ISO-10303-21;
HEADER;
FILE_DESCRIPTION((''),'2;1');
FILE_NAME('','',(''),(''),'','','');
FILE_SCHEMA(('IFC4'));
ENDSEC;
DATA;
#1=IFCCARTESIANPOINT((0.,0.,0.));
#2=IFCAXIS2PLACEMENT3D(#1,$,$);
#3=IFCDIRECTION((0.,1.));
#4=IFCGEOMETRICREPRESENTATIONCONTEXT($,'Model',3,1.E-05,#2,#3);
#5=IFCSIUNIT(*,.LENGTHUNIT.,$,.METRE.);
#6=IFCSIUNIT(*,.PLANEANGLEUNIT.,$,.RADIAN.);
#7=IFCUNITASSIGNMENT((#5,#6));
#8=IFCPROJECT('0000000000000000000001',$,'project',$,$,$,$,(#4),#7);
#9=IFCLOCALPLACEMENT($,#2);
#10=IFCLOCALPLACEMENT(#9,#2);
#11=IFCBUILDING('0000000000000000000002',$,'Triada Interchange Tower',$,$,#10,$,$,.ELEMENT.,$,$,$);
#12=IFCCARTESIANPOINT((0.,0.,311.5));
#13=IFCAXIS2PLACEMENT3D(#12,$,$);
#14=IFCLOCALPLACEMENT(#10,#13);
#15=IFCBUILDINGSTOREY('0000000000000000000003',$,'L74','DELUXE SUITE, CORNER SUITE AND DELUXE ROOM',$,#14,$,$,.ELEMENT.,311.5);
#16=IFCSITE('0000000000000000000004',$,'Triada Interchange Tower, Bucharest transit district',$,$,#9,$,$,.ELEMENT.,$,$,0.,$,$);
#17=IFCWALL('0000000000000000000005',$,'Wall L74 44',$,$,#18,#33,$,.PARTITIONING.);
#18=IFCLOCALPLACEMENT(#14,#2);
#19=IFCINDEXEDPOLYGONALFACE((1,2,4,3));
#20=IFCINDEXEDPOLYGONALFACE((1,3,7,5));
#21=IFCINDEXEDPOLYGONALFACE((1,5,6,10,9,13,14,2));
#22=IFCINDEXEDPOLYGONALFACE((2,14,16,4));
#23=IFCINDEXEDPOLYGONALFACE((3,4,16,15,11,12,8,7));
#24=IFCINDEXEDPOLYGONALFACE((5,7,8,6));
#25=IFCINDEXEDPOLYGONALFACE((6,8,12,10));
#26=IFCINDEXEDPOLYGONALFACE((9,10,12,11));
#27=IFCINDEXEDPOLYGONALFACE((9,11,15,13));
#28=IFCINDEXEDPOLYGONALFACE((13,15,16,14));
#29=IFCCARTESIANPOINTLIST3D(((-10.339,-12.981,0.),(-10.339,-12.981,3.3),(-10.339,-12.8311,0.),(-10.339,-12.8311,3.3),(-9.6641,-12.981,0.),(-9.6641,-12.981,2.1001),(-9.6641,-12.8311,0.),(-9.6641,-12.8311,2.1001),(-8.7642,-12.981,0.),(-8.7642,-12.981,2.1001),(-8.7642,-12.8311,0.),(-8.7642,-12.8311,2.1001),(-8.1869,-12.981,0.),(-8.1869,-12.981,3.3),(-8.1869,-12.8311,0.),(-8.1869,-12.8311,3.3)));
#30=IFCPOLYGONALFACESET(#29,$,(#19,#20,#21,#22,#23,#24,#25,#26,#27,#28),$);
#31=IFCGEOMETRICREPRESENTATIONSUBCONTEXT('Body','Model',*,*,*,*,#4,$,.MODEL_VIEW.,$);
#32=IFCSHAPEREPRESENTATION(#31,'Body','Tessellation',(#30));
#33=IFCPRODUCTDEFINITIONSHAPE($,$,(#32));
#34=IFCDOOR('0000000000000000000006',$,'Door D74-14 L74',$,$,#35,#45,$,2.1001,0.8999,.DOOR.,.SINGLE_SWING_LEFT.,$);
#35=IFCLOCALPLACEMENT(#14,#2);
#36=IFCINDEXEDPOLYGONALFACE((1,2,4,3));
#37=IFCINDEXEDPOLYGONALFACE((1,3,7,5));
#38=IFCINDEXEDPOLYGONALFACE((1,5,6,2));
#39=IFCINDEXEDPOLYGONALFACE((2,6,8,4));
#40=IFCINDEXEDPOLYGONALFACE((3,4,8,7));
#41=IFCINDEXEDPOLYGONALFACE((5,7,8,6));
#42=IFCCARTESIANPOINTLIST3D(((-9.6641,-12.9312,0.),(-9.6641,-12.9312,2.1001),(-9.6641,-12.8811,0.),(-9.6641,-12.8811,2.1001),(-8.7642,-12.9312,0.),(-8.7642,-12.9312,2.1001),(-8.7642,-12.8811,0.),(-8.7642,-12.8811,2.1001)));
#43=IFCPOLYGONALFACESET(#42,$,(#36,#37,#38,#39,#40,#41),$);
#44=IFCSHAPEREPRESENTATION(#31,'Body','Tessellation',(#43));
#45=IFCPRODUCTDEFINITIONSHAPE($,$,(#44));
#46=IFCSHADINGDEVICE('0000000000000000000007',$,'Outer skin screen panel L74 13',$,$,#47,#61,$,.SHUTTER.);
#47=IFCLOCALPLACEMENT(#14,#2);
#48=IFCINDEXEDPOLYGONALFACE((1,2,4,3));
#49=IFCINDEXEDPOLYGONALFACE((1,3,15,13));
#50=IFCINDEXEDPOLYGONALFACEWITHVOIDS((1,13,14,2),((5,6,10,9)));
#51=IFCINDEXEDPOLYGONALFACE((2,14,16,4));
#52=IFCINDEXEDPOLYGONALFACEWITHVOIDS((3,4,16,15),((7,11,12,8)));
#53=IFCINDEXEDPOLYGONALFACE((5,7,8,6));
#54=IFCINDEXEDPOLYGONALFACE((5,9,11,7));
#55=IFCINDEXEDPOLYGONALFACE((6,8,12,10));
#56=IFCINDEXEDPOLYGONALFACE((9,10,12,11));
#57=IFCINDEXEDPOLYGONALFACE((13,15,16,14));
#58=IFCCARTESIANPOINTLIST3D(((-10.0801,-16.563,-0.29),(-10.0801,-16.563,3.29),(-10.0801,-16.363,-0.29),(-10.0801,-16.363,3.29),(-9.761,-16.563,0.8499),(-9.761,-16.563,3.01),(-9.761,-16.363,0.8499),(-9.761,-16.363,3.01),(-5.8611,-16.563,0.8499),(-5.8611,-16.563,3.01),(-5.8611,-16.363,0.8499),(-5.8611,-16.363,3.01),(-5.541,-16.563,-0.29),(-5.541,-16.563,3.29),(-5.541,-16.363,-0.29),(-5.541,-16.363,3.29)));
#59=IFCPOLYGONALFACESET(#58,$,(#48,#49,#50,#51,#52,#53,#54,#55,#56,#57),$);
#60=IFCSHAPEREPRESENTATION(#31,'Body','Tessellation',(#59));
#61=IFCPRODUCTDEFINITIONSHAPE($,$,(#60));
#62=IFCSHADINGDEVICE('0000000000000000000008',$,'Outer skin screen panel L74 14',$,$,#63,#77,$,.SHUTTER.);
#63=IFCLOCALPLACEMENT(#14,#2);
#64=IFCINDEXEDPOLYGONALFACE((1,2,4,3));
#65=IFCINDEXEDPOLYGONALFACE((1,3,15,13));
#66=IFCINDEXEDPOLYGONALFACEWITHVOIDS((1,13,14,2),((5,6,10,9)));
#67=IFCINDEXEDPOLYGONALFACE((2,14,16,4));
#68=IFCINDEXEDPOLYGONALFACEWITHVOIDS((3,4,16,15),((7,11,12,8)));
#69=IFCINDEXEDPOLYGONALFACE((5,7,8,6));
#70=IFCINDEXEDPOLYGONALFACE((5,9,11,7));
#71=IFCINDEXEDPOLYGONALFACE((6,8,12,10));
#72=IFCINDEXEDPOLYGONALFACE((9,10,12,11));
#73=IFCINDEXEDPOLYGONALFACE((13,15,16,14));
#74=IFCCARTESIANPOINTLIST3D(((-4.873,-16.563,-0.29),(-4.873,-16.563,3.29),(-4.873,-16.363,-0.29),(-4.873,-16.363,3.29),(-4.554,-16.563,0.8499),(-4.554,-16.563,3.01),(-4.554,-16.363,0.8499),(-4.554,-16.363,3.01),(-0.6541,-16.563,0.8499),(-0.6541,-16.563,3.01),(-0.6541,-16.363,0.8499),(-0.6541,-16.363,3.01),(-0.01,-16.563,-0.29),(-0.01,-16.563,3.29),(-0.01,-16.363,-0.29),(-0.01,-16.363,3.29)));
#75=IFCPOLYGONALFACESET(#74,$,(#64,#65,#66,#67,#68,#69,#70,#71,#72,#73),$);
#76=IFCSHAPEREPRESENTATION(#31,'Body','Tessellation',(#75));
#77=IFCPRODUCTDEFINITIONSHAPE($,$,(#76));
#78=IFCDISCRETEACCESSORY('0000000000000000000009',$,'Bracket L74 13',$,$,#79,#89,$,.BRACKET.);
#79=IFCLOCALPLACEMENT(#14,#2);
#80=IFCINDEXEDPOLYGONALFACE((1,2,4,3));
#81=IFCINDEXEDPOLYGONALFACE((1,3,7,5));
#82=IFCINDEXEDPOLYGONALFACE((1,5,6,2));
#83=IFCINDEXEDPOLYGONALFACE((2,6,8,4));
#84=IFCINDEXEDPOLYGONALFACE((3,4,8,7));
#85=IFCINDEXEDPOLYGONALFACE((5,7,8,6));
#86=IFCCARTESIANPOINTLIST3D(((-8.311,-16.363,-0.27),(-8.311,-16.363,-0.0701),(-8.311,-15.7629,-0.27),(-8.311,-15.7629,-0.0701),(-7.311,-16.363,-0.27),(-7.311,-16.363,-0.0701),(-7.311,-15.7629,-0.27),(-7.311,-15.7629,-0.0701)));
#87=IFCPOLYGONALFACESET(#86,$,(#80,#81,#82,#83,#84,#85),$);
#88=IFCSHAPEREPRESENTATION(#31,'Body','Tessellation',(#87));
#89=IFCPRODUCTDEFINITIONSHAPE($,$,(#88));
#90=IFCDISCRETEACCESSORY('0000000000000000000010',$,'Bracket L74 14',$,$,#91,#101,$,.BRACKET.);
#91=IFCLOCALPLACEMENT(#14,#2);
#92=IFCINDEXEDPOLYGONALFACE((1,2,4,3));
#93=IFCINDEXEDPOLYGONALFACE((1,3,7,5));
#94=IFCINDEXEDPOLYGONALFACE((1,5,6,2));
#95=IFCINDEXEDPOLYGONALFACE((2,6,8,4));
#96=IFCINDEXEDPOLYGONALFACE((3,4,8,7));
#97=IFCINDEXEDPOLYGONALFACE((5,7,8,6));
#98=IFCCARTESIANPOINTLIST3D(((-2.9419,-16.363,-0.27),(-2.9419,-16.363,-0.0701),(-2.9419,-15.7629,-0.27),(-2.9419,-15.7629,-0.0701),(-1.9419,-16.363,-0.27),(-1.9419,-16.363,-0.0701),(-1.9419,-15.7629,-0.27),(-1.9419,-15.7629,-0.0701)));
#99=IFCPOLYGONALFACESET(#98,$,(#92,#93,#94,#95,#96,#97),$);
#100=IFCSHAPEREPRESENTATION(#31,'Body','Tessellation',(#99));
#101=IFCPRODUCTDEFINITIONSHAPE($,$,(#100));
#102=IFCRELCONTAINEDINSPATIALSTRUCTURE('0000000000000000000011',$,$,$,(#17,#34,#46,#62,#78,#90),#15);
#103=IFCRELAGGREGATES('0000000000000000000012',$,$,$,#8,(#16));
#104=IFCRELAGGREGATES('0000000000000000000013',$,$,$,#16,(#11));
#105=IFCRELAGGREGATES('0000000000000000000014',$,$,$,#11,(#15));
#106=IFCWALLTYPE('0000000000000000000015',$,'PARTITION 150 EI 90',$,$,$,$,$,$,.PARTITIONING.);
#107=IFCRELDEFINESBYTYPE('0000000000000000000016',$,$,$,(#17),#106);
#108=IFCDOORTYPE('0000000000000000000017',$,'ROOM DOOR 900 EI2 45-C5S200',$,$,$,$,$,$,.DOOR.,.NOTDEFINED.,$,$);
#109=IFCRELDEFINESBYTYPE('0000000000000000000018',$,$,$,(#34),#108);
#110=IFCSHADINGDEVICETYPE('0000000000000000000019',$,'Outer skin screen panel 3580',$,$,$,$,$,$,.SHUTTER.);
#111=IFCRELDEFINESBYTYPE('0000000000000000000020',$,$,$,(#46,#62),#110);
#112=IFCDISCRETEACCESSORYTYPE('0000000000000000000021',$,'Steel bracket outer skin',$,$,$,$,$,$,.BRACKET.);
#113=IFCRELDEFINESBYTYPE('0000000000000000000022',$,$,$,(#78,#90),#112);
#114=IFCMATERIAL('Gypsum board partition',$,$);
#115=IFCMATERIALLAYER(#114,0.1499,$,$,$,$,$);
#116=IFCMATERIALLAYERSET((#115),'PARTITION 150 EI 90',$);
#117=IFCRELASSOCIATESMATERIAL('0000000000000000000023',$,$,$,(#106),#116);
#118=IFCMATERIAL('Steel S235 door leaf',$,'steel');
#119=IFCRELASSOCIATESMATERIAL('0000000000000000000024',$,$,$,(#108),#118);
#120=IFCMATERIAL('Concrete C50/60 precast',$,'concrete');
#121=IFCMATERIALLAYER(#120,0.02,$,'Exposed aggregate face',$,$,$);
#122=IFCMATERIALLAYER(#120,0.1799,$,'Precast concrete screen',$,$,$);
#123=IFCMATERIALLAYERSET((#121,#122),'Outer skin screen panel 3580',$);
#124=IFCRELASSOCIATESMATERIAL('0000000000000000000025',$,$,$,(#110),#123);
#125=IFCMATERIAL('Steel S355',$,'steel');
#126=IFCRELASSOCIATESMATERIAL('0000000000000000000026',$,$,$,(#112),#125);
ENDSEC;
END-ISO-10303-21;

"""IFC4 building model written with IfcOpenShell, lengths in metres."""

from ifc_helpers import new_model, si_unit, direction, frame, frame_2d, origin, origin_2d, place, context, subcontext, project, spatial, polyline, rectangle, outline, extrude, material, layer, layer_set, type_object, element, fill, save


model = new_model("IFC4")

# Units and contexts
model_context = context("Model", 3, precision=1e-05, world=origin(), true_north=direction((0.0, 1.0)))
body_context = subcontext(model_context, "Body", "Model", "MODEL_VIEW")
ifc_project = project(units=[si_unit("LENGTHUNIT", "METRE"), si_unit("PLANEANGLEUNIT", "RADIAN")], contexts=[model_context])

# Site, building, storey
site_placement = place(None, origin())
site = spatial("IfcSite", under=ifc_project, at=site_placement, Name="Triada Interchange Tower, Bucharest transit district", CompositionType="ELEMENT", RefElevation=0.0)
building_placement = place(site_placement, origin())
building = spatial("IfcBuilding", under=site, at=building_placement, Name="Triada Interchange Tower", CompositionType="ELEMENT")
storey_placement = place(building_placement, frame((0.0, 0.0, 311.5)))
storey = spatial("IfcBuildingStorey", under=building, at=storey_placement, Name="L74", Description="DELUXE SUITE, CORNER SUITE AND DELUXE ROOM", CompositionType="ELEMENT", Elevation=311.5)

# Shared definitions
ifc_material_1 = material(Name="Gypsum board partition")

# Wall, opening, door
ifc_layer_1 = layer(ifc_material_1, 0.1499)
ifc_layer_set_1 = layer_set([ifc_layer_1], Name="PARTITION 150 EI 90")
wall_type_1 = type_object("IfcWallType", Name="PARTITION 150 EI 90", PredefinedType="PARTITIONING", material=ifc_layer_set_1)
wall_1_placement = place(storey_placement, frame((-10.3391, -12.906, 0.0), z_axis=(0.0, 0.0, 1.0), x_axis=(1.0, 0.0, 0.0)))
wall_1 = element("IfcWall", 1, at=wall_1_placement, inside=storey, type_object=wall_type_1, Name="Wall L74 44", PredefinedType="PARTITIONING", context=body_context, shape_type="SweptSolid", body=[
    extrude(rectangle(XDim=2.1521, YDim=0.1499, at=frame_2d((1.0762, 0.0))), origin(), (0.0, 0.0, 1.0), 3.3),
])
opening_placement = place(wall_1_placement, frame((0.675, 0.0, 0.0)))
opening = element("IfcOpeningElement", 2, at=opening_placement, cuts=wall_1, PredefinedType="OPENING", context=body_context, shape_type="SweptSolid", body=[
    extrude(rectangle(XDim=0.8999, YDim=2.1001, at=frame_2d((0.45, 1.05))), frame((0.0, 0.085, 0.0), z_axis=(0.0, -1.0, 0.0), x_axis=(1.0, 0.0, 0.0)), (0.0, 0.0, 1.0), 0.1699),
])
ifc_material_2 = material(Name="Steel S235 door leaf", Category="steel")
door_type = type_object("IfcDoorType", Name="ROOM DOOR 900 EI2 45-C5S200", OperationType="NOTDEFINED", PredefinedType="DOOR", material=ifc_material_2)
door_placement = place(opening_placement, origin())
door = element("IfcDoor", 3, at=door_placement, inside=storey, type_object=door_type, Name="Door D74-14 L74", OperationType="SINGLE_SWING_LEFT", OverallHeight=2.1001, OverallWidth=0.8999, PredefinedType="DOOR", context=body_context, shape_type="SweptSolid", body=[
    extrude(rectangle(XDim=0.8999, YDim=2.1001, at=frame_2d((0.45, 1.05))), frame((0.0, 0.0249, 0.0), z_axis=(0.0, -1.0, 0.0), x_axis=(1.0, 0.0, 0.0)), (0.0, 0.0, 1.0), 0.05),
])
fill(opening, door)

# Shading devices
ifc_material_3 = material(Name="Concrete C50/60 precast", Category="concrete")
ifc_layer_2 = layer(ifc_material_3, 0.02, Name="Exposed aggregate face")
ifc_layer_3 = layer(ifc_material_3, 0.1799, Name="Precast concrete screen")
ifc_layer_set_2 = layer_set([ifc_layer_2, ifc_layer_3], Name="Outer skin screen panel 3580")
shading_device_type = type_object("IfcShadingDeviceType", Name="Outer skin screen panel 3580", PredefinedType="SHUTTER", material=ifc_layer_set_2)
shading_device_1_placement = place(storey_placement, frame((-10.0801, -16.363, -0.29), z_axis=(0.0, 0.0, 1.0), x_axis=(1.0, 0.0, 0.0)))
element("IfcShadingDevice", 4, at=shading_device_1_placement, inside=storey, type_object=shading_device_type, Name="Outer skin screen panel L74 13", PredefinedType="SHUTTER", context=body_context, shape_type="SweptSolid", body=[
    extrude(outline(polyline([(0.0, 0.0), (4.5391, 0.0), (4.5391, 3.5801), (0.0, 3.5801), (0.0, 0.0)]), holes=[polyline([(0.3191, 1.1399), (0.3191, 3.3), (4.219, 3.3), (4.219, 1.1399), (0.3191, 1.1399)])]), frame((0.0, 0.0, 0.0), z_axis=(0.0, -1.0, 0.0), x_axis=(1.0, 0.0, 0.0)), (0.0, 0.0, 1.0), 0.2),
])
shading_device_2_placement = place(storey_placement, frame((-4.873, -16.363, -0.29), z_axis=(0.0, 0.0, 1.0), x_axis=(1.0, 0.0, 0.0)))
element("IfcShadingDevice", 5, at=shading_device_2_placement, inside=storey, type_object=shading_device_type, Name="Outer skin screen panel L74 14", PredefinedType="SHUTTER", context=body_context, shape_type="SweptSolid", body=[
    extrude(outline(polyline([(0.0, 0.0), (4.863, 0.0), (4.863, 3.5801), (0.0, 3.5801), (0.0, 0.0)]), holes=[polyline([(0.3191, 1.1399), (0.3191, 3.3), (4.219, 3.3), (4.219, 1.1399), (0.3191, 1.1399)])]), frame((0.0, 0.0, 0.0), z_axis=(0.0, -1.0, 0.0), x_axis=(1.0, 0.0, 0.0)), (0.0, 0.0, 1.0), 0.2),
])

# Discrete accessories
ifc_material_4 = material(Name="Steel S355", Category="steel")
discrete_accessory_type = type_object("IfcDiscreteAccessoryType", Name="Steel bracket outer skin", PredefinedType="BRACKET", material=ifc_material_4)
for number, where, z_axis, x_axis, name in (
    (6, (-7.811, -16.063, -0.27), (0.0, 0.0, 1.0), (0.0, -1.0, 0.0), "Bracket L74 13"),
    (7, (-2.4419, -16.063, -0.27), (0.0, 0.0, 1.0), (0.0, -1.0, 0.0), "Bracket L74 14"),
):
    element("IfcDiscreteAccessory", number, at=place(storey_placement, frame(where, z_axis=z_axis, x_axis=x_axis)), inside=storey, type_object=discrete_accessory_type, Name=name, PredefinedType="BRACKET", context=body_context, shape_type="SweptSolid", body=[
        extrude(rectangle(XDim=0.6001, YDim=1.0, at=origin_2d()), origin(), (0.0, 0.0, 1.0), 0.2),
    ])

save(model, "model.ifc")
